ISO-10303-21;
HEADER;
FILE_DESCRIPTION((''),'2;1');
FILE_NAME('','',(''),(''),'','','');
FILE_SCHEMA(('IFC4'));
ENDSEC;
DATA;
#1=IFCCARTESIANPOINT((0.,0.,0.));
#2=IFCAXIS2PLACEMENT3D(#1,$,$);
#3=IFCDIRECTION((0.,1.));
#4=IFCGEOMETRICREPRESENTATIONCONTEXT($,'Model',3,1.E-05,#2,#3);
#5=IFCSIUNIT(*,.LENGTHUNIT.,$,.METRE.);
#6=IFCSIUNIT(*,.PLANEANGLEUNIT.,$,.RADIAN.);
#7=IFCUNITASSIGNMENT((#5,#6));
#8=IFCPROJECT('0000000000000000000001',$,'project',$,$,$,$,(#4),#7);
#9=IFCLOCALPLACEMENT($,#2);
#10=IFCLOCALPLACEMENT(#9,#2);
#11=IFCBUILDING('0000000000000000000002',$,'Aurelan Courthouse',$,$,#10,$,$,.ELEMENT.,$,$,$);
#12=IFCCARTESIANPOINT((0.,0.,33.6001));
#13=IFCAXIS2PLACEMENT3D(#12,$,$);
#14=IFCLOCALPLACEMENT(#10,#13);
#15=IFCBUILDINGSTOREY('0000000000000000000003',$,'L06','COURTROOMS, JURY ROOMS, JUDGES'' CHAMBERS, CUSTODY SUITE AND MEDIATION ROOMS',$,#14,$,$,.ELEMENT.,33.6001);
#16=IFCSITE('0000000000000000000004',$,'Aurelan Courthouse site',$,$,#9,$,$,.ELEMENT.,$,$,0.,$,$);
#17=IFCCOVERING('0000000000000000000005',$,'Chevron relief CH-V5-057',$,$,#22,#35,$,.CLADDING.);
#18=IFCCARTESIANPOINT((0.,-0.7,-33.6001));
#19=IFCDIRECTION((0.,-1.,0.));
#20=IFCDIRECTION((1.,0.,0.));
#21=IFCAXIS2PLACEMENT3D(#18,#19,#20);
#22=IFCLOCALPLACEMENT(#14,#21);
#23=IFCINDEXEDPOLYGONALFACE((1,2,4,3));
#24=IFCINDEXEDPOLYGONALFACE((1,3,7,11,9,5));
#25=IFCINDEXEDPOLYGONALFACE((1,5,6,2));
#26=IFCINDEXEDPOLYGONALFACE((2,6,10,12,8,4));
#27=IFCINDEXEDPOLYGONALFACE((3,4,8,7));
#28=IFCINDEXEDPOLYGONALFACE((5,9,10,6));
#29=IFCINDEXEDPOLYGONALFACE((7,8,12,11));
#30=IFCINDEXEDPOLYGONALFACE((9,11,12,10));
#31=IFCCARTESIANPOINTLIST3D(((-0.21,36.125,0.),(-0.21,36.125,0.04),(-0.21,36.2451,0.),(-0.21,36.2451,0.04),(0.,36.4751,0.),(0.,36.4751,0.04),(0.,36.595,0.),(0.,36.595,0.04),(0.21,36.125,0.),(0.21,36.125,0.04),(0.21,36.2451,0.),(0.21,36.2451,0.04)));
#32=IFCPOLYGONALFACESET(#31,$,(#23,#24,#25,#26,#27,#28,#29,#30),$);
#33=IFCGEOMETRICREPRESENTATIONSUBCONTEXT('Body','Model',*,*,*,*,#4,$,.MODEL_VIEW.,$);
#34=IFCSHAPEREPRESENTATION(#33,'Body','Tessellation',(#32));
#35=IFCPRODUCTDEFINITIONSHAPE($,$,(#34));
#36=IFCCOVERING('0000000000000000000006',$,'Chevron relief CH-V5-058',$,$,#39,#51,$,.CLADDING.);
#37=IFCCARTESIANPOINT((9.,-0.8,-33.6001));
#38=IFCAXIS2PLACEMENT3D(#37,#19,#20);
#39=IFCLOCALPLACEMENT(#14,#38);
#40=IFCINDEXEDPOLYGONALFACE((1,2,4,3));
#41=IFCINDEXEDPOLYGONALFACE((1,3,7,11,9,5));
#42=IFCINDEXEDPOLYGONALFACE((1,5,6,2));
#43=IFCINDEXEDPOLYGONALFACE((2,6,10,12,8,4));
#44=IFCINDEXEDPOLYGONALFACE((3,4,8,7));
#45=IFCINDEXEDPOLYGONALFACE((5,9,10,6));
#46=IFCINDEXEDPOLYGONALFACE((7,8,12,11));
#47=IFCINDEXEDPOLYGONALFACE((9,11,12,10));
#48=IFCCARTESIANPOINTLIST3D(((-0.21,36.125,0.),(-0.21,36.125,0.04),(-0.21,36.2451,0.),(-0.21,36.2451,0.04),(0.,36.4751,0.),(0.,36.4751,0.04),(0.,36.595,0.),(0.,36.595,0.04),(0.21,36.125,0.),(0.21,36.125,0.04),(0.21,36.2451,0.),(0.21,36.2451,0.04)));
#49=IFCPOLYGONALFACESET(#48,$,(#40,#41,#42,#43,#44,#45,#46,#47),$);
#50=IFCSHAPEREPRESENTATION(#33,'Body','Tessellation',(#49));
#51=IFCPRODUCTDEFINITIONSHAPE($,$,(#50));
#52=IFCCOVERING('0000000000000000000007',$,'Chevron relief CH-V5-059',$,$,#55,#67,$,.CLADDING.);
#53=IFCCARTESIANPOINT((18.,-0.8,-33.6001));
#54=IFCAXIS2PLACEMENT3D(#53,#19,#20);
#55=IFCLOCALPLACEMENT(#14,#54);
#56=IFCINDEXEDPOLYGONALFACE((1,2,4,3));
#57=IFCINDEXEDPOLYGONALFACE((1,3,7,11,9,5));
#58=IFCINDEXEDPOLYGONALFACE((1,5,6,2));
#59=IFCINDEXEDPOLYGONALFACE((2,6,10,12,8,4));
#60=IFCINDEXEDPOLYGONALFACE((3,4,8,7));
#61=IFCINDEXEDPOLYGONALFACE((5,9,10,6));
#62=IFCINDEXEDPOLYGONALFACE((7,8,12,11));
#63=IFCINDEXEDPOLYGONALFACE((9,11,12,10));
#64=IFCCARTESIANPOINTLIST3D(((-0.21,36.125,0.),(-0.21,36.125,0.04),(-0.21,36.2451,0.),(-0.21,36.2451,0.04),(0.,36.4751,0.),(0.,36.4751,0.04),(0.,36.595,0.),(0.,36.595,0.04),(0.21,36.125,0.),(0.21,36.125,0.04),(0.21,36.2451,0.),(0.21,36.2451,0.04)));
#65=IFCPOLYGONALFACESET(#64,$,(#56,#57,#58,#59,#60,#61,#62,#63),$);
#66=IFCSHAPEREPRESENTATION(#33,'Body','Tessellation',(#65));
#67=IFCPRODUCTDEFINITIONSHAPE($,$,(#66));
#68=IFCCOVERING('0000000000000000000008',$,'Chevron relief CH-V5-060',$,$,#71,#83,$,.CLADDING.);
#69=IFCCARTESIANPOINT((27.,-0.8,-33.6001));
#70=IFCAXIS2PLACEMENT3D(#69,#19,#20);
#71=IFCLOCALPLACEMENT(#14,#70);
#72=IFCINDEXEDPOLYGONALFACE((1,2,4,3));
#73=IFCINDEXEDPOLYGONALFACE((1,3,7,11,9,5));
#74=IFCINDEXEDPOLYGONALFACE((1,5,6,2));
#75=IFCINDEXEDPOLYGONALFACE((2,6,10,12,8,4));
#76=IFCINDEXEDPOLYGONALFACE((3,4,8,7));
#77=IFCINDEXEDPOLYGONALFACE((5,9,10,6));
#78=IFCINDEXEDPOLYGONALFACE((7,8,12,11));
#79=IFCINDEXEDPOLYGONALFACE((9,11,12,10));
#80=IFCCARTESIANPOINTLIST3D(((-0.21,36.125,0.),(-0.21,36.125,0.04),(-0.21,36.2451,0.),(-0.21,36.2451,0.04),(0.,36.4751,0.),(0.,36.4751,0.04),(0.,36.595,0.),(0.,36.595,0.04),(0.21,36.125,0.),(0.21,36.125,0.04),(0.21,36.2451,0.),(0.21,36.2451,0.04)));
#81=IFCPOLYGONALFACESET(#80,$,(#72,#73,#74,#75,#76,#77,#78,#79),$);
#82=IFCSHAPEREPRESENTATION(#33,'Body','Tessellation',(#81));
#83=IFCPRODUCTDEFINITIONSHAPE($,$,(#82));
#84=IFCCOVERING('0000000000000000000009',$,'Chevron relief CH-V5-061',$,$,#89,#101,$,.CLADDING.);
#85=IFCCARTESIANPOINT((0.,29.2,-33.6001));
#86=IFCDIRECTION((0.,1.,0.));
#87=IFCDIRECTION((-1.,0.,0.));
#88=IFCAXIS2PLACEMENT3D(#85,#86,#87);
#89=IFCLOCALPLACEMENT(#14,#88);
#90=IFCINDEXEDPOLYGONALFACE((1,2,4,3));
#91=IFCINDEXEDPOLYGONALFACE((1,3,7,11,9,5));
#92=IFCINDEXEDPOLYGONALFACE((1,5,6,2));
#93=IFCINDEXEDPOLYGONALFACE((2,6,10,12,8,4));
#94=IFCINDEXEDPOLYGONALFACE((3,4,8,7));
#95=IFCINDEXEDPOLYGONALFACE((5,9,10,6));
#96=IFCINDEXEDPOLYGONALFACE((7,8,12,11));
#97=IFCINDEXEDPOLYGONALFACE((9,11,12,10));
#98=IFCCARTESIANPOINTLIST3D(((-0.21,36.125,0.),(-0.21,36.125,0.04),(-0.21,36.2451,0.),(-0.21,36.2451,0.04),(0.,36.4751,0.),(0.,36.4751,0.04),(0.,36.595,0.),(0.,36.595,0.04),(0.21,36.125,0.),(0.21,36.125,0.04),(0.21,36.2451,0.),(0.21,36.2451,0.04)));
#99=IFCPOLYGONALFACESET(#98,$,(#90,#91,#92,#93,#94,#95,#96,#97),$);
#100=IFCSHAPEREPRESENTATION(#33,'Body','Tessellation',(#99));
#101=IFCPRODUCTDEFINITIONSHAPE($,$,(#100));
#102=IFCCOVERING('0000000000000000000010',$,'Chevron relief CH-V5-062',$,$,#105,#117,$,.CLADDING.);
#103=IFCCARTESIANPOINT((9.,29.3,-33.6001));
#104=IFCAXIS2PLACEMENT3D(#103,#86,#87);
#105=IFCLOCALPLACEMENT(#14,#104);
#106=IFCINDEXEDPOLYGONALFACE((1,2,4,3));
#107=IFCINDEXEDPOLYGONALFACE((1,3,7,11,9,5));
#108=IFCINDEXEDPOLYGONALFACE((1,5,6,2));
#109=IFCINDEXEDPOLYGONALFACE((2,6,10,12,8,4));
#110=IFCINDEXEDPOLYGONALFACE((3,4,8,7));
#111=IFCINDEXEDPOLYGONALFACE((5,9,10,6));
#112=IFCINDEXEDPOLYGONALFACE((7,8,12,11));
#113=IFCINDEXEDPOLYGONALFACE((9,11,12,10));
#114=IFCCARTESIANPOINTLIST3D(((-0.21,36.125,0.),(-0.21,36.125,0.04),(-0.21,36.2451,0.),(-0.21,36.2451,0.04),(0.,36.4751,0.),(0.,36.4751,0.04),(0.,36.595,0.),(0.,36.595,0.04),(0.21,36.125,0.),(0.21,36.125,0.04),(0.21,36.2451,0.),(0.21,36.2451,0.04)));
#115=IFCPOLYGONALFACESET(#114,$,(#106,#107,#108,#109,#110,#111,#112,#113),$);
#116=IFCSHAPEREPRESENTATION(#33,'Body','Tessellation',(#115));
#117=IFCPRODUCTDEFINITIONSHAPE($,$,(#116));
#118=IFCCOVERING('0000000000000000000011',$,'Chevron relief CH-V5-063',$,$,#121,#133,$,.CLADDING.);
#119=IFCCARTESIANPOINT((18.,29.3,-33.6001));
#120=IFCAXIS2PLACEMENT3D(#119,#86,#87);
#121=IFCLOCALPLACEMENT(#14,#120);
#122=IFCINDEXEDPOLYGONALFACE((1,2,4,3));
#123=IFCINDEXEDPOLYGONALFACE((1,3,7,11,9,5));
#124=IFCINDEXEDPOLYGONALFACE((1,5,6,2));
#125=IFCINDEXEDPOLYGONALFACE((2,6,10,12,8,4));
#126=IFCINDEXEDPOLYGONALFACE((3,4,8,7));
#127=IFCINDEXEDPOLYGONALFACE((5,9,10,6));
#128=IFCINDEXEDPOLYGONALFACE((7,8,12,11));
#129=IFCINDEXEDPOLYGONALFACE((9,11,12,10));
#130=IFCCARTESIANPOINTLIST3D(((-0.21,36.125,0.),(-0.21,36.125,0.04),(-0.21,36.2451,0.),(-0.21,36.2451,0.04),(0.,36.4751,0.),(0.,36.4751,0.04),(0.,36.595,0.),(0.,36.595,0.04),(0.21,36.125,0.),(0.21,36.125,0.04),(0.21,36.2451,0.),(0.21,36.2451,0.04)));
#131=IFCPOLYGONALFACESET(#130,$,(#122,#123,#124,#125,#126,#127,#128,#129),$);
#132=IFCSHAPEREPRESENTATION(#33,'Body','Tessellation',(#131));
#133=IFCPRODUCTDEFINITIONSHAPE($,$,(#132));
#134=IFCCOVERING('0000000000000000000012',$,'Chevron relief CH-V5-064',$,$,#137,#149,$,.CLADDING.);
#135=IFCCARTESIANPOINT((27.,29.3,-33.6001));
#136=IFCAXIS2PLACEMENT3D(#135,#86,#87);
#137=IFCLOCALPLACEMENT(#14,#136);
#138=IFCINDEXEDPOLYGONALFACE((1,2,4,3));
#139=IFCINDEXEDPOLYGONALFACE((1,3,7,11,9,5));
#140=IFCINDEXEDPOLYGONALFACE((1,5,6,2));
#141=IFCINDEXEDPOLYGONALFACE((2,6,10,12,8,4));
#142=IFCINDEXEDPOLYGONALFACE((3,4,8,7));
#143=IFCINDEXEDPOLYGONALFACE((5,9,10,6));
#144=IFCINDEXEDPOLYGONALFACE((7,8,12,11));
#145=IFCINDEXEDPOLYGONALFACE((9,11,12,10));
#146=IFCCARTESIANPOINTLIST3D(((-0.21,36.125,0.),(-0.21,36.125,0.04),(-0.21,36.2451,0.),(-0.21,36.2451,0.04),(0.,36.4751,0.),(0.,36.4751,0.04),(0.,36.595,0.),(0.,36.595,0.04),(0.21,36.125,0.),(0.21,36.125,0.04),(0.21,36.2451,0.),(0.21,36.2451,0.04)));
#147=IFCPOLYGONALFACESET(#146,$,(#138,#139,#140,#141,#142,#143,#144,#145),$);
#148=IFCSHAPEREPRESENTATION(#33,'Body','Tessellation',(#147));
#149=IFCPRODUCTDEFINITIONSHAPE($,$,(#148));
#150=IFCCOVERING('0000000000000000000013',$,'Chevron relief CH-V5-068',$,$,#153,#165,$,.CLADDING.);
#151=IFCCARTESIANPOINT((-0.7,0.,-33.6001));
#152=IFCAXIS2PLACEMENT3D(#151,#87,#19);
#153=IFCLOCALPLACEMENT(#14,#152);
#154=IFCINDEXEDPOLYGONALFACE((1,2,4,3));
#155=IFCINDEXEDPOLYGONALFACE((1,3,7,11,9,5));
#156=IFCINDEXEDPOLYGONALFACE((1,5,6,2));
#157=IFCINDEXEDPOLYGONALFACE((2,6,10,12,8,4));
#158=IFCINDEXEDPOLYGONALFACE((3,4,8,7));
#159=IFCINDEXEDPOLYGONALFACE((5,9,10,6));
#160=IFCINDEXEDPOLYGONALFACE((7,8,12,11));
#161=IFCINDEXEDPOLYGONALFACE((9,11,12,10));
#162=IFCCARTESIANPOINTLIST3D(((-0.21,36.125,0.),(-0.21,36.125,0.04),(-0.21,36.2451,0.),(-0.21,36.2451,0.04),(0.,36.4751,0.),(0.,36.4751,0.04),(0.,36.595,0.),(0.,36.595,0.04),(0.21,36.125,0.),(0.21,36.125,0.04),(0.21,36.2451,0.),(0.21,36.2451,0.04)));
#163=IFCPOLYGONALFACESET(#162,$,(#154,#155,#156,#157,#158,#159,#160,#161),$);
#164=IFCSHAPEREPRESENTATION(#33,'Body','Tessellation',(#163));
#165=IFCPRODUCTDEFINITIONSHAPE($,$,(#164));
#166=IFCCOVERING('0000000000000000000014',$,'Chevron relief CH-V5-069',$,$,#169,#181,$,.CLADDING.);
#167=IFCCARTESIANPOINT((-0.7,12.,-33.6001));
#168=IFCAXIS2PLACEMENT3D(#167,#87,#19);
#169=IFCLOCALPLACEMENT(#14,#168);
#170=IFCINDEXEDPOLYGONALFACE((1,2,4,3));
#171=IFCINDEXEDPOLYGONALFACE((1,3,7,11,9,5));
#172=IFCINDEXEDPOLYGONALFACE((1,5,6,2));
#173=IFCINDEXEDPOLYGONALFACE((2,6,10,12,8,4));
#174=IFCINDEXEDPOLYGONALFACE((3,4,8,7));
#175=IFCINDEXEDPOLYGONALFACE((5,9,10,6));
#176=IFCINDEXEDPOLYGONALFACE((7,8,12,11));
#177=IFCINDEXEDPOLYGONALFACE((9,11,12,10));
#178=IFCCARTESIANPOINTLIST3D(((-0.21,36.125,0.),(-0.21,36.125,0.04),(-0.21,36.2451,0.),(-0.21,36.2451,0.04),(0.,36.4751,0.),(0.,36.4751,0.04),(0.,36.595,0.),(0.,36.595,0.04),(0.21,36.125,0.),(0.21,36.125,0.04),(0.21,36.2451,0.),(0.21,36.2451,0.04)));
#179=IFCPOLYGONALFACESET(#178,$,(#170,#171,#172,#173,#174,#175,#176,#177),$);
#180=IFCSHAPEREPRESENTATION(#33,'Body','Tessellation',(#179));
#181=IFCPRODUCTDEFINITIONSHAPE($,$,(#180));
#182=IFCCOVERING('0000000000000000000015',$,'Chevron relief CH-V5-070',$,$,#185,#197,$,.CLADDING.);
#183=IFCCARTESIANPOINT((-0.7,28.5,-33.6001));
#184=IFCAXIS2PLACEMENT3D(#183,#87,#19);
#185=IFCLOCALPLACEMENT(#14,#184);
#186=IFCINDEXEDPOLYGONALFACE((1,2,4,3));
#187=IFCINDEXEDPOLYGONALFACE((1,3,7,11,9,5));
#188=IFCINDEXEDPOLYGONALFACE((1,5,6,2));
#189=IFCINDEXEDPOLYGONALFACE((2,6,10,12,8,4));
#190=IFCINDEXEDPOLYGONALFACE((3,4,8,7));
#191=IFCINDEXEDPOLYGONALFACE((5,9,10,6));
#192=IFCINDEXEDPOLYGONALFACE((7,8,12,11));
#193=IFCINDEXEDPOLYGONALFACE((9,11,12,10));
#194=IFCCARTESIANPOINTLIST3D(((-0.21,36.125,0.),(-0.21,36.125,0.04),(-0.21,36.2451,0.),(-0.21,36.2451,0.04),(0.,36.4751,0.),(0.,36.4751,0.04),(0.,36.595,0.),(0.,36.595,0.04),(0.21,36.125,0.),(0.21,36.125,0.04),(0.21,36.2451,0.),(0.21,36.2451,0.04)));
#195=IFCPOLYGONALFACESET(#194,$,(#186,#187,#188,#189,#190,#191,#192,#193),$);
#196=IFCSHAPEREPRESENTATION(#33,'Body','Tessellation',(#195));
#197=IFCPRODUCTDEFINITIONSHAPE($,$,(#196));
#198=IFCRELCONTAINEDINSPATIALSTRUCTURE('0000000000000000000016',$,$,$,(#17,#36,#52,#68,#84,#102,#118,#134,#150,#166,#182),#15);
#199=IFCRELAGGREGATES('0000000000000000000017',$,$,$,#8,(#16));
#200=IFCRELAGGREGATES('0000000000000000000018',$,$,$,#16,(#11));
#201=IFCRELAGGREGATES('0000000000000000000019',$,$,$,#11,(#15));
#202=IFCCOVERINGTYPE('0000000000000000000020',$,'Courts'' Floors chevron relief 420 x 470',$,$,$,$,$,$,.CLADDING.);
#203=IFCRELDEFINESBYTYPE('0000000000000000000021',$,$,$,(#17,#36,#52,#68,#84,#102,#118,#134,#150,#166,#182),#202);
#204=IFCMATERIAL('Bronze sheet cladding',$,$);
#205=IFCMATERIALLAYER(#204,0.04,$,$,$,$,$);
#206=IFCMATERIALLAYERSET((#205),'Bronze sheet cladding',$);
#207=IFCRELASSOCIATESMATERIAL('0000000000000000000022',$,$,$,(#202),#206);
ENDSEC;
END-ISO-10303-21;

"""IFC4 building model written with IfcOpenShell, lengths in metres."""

from ifc_helpers import new_model, si_unit, direction, frame, origin, place, context, subcontext, project, spatial, polyline, outline, extrude, material, layer, layer_set, type_object, element, save


model = new_model("IFC4")

# Units and contexts
model_context = context("Model", 3, precision=1e-05, world=origin(), true_north=direction((0.0, 1.0)))
body_context = subcontext(model_context, "Body", "Model", "MODEL_VIEW")
ifc_project = project(units=[si_unit("LENGTHUNIT", "METRE"), si_unit("PLANEANGLEUNIT", "RADIAN")], contexts=[model_context])

# Site, building, storey
site_placement = place(None, origin())
site = spatial("IfcSite", under=ifc_project, at=site_placement, Name="Aurelan Courthouse site", CompositionType="ELEMENT", RefElevation=0.0)
building_placement = place(site_placement, origin())
building = spatial("IfcBuilding", under=site, at=building_placement, Name="Aurelan Courthouse", CompositionType="ELEMENT")
storey_placement = place(building_placement, frame((0.0, 0.0, 33.6001)))
storey = spatial("IfcBuildingStorey", under=building, at=storey_placement, Name="L06", Description="COURTROOMS, JURY ROOMS, JUDGES' CHAMBERS, CUSTODY SUITE AND MEDIATION ROOMS", CompositionType="ELEMENT", Elevation=33.6001)

# Coverings
ifc_material_1 = material(Name="Bronze sheet cladding")
ifc_layer = layer(ifc_material_1, 0.04)
ifc_layer_set = layer_set([ifc_layer], Name="Bronze sheet cladding")
covering_type = type_object("IfcCoveringType", Name="Courts' Floors chevron relief 420 x 470", PredefinedType="CLADDING", material=ifc_layer_set)
for number, where, z_axis, x_axis, name in (
    (1, (0.0, -0.7, -33.6001), (0.0, -1.0, 0.0), (1.0, 0.0, 0.0), "Chevron relief CH-V5-057"),
    (2, (9.0, -0.8, -33.6001), (0.0, -1.0, 0.0), (1.0, 0.0, 0.0), "Chevron relief CH-V5-058"),
    (3, (18.0, -0.8, -33.6001), (0.0, -1.0, 0.0), (1.0, 0.0, 0.0), "Chevron relief CH-V5-059"),
    (4, (27.0, -0.8, -33.6001), (0.0, -1.0, 0.0), (1.0, 0.0, 0.0), "Chevron relief CH-V5-060"),
    (5, (0.0, 29.2, -33.6001), (0.0, 1.0, 0.0), (-1.0, 0.0, 0.0), "Chevron relief CH-V5-061"),
    (6, (9.0, 29.3, -33.6001), (0.0, 1.0, 0.0), (-1.0, 0.0, 0.0), "Chevron relief CH-V5-062"),
    (7, (18.0, 29.3, -33.6001), (0.0, 1.0, 0.0), (-1.0, 0.0, 0.0), "Chevron relief CH-V5-063"),
    (8, (27.0, 29.3, -33.6001), (0.0, 1.0, 0.0), (-1.0, 0.0, 0.0), "Chevron relief CH-V5-064"),
    (9, (-0.7, 0.0, -33.6001), (-1.0, 0.0, 0.0), (0.0, -1.0, 0.0), "Chevron relief CH-V5-068"),
    (10, (-0.7, 12.0, -33.6001), (-1.0, 0.0, 0.0), (0.0, -1.0, 0.0), "Chevron relief CH-V5-069"),
    (11, (-0.7, 28.5, -33.6001), (-1.0, 0.0, 0.0), (0.0, -1.0, 0.0), "Chevron relief CH-V5-070"),
):
    element("IfcCovering", number, at=place(storey_placement, frame(where, z_axis=z_axis, x_axis=x_axis)), inside=storey, type_object=covering_type, Name=name, PredefinedType="CLADDING", context=body_context, shape_type="SweptSolid", body=[
        extrude(outline(polyline([(-0.21, 36.125), (0.0, 36.4751), (0.21, 36.125), (0.21, 36.2451), (0.0, 36.595), (-0.21, 36.2451), (-0.21, 36.125)])), origin(), (0.0, 0.0, 1.0), 0.04),
    ])

save(model, "model.ifc")
